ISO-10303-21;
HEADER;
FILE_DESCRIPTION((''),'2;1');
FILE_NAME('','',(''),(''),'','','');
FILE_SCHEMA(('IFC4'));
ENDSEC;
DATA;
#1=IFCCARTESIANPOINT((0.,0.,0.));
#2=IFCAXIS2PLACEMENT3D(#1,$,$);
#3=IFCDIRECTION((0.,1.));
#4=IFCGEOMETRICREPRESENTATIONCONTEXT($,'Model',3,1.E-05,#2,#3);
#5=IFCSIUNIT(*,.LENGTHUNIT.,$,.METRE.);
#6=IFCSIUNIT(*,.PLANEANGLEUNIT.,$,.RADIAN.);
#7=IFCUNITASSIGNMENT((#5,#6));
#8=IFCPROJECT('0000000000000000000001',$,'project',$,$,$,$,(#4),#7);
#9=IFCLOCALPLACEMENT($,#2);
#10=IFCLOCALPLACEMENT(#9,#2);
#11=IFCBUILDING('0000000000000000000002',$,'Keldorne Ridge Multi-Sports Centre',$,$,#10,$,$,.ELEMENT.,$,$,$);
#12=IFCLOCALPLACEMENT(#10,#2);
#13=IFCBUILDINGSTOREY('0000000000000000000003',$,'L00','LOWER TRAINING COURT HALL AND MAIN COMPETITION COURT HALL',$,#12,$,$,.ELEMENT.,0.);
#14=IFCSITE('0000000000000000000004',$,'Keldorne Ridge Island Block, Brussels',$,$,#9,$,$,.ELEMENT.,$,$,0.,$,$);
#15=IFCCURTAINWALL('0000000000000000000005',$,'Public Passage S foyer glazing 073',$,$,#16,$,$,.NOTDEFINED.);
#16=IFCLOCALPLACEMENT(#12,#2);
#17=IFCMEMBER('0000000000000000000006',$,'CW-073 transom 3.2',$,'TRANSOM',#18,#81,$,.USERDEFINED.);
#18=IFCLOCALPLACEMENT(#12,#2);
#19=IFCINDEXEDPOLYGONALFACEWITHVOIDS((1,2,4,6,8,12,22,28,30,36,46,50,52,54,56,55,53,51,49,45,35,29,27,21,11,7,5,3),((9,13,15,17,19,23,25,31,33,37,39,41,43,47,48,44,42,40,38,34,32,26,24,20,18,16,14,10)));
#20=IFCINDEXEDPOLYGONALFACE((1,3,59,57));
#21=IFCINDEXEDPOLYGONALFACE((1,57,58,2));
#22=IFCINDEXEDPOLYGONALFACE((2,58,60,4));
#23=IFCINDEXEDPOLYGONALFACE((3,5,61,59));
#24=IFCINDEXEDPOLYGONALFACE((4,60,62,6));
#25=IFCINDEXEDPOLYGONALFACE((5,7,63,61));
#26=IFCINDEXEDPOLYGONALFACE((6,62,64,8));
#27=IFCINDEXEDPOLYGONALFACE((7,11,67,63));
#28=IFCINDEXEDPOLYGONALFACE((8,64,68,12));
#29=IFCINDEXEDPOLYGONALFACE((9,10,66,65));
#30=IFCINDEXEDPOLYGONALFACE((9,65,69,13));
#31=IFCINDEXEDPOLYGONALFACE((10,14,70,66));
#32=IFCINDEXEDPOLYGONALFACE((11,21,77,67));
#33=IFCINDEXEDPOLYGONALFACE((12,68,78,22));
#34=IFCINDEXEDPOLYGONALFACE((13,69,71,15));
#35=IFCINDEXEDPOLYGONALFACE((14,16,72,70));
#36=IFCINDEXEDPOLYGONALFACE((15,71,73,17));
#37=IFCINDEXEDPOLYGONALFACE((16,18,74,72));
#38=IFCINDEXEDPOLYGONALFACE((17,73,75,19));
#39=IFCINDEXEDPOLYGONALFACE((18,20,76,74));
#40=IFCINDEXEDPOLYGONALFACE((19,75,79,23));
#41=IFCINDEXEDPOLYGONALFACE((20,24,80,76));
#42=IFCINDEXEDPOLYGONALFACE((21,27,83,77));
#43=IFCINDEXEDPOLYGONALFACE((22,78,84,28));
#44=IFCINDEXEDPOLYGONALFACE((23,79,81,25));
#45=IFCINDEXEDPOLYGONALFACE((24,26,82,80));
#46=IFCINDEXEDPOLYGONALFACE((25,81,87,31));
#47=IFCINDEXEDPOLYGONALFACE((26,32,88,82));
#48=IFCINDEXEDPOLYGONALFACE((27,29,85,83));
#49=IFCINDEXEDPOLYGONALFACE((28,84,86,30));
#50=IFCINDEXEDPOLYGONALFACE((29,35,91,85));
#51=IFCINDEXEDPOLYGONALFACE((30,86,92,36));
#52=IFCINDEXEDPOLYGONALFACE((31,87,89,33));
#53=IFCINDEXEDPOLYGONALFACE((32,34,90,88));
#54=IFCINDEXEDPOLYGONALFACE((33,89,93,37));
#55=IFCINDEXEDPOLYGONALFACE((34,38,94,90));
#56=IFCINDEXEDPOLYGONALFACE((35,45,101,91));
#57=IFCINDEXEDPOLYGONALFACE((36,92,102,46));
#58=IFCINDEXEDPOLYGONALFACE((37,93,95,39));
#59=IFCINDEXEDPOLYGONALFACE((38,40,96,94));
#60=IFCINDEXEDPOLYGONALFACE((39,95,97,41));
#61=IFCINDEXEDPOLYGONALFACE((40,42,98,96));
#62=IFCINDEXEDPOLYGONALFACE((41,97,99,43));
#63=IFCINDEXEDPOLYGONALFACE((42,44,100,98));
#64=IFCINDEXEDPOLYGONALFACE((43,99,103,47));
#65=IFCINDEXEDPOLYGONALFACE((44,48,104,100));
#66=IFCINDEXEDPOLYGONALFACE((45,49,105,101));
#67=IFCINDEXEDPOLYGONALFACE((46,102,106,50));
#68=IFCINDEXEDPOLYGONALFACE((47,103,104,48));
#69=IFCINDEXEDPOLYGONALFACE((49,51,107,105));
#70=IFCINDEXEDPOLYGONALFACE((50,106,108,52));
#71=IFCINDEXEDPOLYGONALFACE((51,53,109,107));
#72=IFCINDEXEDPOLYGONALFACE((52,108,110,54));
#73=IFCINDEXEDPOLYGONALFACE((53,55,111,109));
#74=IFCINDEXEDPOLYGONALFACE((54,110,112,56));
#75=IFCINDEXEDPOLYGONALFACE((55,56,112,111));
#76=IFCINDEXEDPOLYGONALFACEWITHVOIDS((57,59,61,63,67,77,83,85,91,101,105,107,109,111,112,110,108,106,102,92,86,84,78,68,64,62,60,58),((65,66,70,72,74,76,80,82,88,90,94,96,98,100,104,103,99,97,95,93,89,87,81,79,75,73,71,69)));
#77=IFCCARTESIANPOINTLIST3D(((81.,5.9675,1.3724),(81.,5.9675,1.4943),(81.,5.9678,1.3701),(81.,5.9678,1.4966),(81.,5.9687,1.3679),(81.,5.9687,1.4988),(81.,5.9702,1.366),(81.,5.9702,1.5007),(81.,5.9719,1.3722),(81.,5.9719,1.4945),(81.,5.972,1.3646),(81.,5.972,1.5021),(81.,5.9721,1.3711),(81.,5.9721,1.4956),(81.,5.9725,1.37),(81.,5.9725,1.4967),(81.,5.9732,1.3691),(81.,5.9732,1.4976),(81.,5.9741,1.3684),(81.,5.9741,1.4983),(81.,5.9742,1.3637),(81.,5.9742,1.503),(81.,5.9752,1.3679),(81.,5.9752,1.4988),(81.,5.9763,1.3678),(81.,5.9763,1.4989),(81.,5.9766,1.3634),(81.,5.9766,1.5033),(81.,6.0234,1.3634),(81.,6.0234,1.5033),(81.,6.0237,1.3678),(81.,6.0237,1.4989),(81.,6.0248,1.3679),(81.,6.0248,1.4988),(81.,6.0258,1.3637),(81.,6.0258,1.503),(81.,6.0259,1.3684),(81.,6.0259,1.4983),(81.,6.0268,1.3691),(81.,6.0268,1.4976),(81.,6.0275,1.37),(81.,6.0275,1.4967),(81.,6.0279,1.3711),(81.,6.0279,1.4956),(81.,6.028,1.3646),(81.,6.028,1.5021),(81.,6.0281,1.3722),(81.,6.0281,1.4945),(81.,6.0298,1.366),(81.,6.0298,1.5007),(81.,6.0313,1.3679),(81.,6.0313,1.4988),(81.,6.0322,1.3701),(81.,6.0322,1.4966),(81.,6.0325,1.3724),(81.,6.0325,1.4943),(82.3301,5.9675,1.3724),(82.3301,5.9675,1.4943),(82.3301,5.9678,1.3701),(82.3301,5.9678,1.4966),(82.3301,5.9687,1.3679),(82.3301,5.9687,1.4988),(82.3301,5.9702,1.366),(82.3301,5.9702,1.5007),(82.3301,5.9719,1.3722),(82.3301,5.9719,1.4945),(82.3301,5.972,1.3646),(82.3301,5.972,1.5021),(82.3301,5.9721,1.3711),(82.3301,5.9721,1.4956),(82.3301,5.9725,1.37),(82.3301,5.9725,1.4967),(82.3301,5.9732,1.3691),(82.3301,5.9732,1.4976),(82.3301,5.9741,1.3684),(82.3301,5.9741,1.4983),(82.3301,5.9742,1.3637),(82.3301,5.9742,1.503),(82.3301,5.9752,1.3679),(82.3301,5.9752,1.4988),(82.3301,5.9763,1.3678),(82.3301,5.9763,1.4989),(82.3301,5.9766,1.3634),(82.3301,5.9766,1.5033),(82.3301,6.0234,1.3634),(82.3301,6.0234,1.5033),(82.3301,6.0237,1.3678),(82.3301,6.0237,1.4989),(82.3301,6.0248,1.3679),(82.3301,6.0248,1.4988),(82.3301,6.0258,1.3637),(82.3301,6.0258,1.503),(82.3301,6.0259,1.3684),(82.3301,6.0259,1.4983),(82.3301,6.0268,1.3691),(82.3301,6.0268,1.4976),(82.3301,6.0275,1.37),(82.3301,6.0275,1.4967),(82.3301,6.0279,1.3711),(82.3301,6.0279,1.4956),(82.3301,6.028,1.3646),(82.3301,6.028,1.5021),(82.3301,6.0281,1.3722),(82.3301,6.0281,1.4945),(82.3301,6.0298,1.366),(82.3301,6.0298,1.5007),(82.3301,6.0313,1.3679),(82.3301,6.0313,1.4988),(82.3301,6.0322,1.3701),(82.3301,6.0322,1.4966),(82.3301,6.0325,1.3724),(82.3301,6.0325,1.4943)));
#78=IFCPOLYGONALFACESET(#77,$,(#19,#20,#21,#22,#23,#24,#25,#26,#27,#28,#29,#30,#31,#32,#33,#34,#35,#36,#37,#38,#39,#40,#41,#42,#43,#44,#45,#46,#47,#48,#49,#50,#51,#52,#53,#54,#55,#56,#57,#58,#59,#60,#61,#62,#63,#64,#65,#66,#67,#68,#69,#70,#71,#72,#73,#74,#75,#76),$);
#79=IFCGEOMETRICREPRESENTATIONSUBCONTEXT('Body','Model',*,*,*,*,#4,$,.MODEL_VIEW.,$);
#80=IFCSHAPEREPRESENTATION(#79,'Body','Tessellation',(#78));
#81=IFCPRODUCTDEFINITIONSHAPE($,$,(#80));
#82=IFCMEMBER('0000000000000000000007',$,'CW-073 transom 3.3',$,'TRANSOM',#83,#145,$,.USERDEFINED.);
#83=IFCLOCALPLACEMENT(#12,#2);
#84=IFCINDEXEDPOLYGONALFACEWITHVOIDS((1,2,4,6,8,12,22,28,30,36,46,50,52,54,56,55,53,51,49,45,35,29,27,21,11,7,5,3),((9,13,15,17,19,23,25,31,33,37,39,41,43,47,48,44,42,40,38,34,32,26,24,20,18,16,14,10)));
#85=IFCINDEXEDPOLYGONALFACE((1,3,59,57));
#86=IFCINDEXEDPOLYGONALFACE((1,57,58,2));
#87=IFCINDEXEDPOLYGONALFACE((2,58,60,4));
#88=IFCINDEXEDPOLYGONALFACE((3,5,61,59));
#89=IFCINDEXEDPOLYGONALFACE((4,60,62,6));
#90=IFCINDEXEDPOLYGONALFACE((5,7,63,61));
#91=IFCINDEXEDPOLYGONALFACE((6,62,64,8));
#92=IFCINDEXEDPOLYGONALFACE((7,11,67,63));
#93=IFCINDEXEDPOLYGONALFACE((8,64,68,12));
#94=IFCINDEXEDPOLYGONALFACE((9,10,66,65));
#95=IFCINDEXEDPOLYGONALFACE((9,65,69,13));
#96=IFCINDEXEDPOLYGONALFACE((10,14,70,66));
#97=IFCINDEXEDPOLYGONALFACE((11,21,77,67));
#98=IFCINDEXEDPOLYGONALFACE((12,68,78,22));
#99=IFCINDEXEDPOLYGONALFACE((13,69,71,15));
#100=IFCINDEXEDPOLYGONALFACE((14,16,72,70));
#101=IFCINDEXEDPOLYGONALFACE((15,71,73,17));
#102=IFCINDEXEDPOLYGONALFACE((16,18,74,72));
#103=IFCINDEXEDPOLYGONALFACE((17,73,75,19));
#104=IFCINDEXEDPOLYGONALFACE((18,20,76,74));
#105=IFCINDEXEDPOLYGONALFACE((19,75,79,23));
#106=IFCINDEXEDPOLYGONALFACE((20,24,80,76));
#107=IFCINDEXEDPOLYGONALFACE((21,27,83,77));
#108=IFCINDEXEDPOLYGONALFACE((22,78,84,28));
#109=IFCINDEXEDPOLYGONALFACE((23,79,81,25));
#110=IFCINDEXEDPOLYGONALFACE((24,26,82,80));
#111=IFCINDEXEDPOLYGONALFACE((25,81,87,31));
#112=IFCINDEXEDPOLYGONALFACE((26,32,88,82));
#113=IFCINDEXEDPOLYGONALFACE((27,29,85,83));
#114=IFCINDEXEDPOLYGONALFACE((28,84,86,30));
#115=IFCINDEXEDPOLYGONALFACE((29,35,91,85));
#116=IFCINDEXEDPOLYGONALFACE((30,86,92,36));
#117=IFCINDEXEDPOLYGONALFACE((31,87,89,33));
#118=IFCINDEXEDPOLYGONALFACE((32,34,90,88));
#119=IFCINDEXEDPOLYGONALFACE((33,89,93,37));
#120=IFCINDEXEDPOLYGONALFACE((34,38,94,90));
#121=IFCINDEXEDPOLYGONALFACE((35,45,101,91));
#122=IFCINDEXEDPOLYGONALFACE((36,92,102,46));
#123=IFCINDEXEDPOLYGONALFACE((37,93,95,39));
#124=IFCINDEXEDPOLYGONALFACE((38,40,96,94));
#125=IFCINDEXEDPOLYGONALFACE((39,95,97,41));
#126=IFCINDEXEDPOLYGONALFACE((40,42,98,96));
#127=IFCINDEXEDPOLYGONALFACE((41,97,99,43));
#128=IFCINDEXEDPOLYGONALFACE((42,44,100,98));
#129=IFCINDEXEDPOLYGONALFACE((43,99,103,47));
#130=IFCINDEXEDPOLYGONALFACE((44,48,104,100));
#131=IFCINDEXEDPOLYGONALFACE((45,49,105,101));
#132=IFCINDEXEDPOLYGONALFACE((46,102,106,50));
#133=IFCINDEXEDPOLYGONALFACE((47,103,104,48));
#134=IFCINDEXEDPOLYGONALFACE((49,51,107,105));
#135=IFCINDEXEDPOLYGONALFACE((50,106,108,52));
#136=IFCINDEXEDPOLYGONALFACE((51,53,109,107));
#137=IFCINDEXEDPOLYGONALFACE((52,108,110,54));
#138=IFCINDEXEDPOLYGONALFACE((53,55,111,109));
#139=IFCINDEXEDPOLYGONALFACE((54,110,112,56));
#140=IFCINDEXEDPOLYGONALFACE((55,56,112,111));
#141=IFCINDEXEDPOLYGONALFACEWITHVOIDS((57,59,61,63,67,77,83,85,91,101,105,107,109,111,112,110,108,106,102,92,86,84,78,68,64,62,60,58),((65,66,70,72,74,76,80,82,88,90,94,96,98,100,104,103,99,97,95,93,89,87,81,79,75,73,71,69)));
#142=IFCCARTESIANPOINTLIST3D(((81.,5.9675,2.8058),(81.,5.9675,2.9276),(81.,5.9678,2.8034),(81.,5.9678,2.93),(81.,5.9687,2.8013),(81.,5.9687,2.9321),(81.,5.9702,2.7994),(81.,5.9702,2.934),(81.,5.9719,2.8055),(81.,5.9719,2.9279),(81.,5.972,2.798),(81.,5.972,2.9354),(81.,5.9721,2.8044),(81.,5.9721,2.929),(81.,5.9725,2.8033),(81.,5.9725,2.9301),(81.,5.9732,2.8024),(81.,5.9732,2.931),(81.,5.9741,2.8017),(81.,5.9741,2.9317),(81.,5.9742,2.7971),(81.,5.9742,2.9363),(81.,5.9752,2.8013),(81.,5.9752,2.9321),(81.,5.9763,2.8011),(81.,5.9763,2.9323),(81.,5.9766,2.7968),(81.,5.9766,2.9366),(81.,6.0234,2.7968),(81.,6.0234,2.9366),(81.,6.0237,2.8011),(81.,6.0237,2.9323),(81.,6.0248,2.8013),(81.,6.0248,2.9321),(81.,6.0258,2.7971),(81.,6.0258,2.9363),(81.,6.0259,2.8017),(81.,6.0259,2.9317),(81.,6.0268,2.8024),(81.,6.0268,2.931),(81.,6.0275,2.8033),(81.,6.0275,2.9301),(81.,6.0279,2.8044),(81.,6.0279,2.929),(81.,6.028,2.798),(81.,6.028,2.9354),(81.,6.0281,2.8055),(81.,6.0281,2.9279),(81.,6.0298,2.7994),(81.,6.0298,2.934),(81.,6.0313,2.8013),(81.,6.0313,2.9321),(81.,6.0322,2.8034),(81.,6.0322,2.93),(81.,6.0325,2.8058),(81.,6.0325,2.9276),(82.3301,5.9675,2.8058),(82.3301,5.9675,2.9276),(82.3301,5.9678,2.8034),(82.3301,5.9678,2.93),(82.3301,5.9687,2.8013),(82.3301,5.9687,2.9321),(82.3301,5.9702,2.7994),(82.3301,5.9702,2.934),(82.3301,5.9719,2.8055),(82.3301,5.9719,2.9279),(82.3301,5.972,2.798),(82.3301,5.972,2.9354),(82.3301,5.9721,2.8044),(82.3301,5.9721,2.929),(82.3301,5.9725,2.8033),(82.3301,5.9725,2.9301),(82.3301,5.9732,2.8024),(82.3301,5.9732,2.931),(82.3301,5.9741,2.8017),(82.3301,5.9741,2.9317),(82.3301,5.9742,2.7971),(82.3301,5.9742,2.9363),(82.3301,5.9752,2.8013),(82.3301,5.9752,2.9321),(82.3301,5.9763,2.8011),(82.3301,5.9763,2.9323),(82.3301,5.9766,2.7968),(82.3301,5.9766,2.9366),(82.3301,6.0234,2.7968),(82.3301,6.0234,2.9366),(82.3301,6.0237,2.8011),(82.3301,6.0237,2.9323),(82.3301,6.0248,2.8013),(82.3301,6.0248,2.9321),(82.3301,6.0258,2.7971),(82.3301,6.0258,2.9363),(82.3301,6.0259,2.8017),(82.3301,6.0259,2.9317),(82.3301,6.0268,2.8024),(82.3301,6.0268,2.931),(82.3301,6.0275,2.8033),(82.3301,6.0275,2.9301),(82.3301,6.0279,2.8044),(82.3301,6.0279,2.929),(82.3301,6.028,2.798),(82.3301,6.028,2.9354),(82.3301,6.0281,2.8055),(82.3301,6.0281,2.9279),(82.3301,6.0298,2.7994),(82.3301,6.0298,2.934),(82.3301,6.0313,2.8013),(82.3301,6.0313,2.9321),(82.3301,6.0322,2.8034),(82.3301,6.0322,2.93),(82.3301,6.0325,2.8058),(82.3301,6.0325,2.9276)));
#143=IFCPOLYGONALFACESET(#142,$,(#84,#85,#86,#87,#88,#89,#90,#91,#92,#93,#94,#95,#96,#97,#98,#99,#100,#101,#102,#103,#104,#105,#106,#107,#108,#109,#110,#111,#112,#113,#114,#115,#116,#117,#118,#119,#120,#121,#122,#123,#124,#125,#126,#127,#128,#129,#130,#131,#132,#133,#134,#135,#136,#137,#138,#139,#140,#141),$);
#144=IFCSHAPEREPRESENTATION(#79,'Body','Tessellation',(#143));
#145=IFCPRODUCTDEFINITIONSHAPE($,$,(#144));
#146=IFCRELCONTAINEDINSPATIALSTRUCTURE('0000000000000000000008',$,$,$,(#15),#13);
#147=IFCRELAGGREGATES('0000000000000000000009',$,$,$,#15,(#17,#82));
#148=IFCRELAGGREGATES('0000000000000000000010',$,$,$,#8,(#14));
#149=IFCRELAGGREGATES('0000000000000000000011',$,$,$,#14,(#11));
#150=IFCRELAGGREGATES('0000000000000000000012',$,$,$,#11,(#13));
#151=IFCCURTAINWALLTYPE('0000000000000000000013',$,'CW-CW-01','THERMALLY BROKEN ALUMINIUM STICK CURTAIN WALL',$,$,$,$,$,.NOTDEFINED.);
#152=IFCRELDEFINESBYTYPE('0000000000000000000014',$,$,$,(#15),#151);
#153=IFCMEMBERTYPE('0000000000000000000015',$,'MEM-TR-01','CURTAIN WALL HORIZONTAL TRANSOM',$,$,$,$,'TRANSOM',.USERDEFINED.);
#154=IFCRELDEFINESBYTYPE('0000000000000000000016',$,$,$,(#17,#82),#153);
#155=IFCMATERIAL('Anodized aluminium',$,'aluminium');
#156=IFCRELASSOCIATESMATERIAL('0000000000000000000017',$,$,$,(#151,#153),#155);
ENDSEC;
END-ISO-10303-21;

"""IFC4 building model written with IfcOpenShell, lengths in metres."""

from ifc_helpers import new_model, si_unit, direction, frame, origin, origin_2d, place, context, subcontext, project, spatial, hollow_rectangle, extrude, material, material_profile, profile_set, type_object, element, aggregate, save


model = new_model("IFC4")

# Units and contexts
model_context = context("Model", 3, precision=1e-05, world=origin(), true_north=direction((0.0, 1.0)))
body_context = subcontext(model_context, "Body", "Model", "MODEL_VIEW")
ifc_project = project(units=[si_unit("LENGTHUNIT", "METRE"), si_unit("PLANEANGLEUNIT", "RADIAN")], contexts=[model_context])

# Site, building, storey
site_placement = place(None, origin())
site = spatial("IfcSite", under=ifc_project, at=site_placement, Name="Keldorne Ridge Island Block, Brussels", CompositionType="ELEMENT", RefElevation=0.0)
building_placement = place(site_placement, origin())
building = spatial("IfcBuilding", under=site, at=building_placement, Name="Keldorne Ridge Multi-Sports Centre", CompositionType="ELEMENT")
storey_placement = place(building_placement, origin())
storey = spatial("IfcBuildingStorey", under=building, at=storey_placement, Name="L00", Description="LOWER TRAINING COURT HALL AND MAIN COMPETITION COURT HALL", CompositionType="ELEMENT", Elevation=0.0)

# Curtain wall
ifc_material_1 = material(Name="Anodized aluminium", Category="aluminium")
curtain_wall_type_1 = type_object("IfcCurtainWallType", Name="CW-CW-01", Description="THERMALLY BROKEN ALUMINIUM STICK CURTAIN WALL", PredefinedType="NOTDEFINED", material=ifc_material_1)
curtain_wall_1_placement = place(storey_placement, origin())
curtain_wall_1 = element("IfcCurtainWall", 1, at=curtain_wall_1_placement, inside=storey, type_object=curtain_wall_type_1, Name="Public Passage S foyer glazing 073", PredefinedType="NOTDEFINED")

# Members
ifc_material_profile_1 = material_profile(ifc_material_1, hollow_rectangle(XDim=0.0649, YDim=0.1399, WallThickness=0.0044, InnerFilletRadius=0.0044, OuterFilletRadius=0.009, at=origin_2d()), Name="ALU TRANSOM 140x65x4.5")
ifc_profile_set_1 = profile_set([ifc_material_profile_1], Name="Anodized aluminium")
member_type_1 = type_object("IfcMemberType", Name="MEM-TR-01", Description="CURTAIN WALL HORIZONTAL TRANSOM", ElementType="TRANSOM", PredefinedType="USERDEFINED", material=ifc_profile_set_1)
member_1_placement = place(storey_placement, frame((81.0, 6.0, 1.4333), z_axis=(1.0, 0.0, 0.0), x_axis=(0.0, 1.0, 0.0)))
member_1 = element("IfcMember", 2, at=member_1_placement, type_object=member_type_1, Name="CW-073 transom 3.2", ObjectType="TRANSOM", PredefinedType="USERDEFINED", context=body_context, shape_type="SweptSolid", body=[
    extrude(hollow_rectangle(XDim=0.0649, YDim=0.1399, WallThickness=0.0044, InnerFilletRadius=0.0044, OuterFilletRadius=0.009, at=origin_2d()), origin(), (0.0, 0.0, 1.0), 1.3301),
])
member_2_placement = place(storey_placement, frame((81.0, 6.0, 2.8667), z_axis=(1.0, 0.0, 0.0), x_axis=(0.0, 1.0, 0.0)))
member_2 = element("IfcMember", 3, at=member_2_placement, type_object=member_type_1, Name="CW-073 transom 3.3", ObjectType="TRANSOM", PredefinedType="USERDEFINED", context=body_context, shape_type="SweptSolid", body=[
    extrude(hollow_rectangle(XDim=0.0649, YDim=0.1399, WallThickness=0.0044, InnerFilletRadius=0.0044, OuterFilletRadius=0.009, at=origin_2d()), origin(), (0.0, 0.0, 1.0), 1.3301),
])

aggregate(curtain_wall_1, [member_1, member_2])

save(model, "model.ifc")
